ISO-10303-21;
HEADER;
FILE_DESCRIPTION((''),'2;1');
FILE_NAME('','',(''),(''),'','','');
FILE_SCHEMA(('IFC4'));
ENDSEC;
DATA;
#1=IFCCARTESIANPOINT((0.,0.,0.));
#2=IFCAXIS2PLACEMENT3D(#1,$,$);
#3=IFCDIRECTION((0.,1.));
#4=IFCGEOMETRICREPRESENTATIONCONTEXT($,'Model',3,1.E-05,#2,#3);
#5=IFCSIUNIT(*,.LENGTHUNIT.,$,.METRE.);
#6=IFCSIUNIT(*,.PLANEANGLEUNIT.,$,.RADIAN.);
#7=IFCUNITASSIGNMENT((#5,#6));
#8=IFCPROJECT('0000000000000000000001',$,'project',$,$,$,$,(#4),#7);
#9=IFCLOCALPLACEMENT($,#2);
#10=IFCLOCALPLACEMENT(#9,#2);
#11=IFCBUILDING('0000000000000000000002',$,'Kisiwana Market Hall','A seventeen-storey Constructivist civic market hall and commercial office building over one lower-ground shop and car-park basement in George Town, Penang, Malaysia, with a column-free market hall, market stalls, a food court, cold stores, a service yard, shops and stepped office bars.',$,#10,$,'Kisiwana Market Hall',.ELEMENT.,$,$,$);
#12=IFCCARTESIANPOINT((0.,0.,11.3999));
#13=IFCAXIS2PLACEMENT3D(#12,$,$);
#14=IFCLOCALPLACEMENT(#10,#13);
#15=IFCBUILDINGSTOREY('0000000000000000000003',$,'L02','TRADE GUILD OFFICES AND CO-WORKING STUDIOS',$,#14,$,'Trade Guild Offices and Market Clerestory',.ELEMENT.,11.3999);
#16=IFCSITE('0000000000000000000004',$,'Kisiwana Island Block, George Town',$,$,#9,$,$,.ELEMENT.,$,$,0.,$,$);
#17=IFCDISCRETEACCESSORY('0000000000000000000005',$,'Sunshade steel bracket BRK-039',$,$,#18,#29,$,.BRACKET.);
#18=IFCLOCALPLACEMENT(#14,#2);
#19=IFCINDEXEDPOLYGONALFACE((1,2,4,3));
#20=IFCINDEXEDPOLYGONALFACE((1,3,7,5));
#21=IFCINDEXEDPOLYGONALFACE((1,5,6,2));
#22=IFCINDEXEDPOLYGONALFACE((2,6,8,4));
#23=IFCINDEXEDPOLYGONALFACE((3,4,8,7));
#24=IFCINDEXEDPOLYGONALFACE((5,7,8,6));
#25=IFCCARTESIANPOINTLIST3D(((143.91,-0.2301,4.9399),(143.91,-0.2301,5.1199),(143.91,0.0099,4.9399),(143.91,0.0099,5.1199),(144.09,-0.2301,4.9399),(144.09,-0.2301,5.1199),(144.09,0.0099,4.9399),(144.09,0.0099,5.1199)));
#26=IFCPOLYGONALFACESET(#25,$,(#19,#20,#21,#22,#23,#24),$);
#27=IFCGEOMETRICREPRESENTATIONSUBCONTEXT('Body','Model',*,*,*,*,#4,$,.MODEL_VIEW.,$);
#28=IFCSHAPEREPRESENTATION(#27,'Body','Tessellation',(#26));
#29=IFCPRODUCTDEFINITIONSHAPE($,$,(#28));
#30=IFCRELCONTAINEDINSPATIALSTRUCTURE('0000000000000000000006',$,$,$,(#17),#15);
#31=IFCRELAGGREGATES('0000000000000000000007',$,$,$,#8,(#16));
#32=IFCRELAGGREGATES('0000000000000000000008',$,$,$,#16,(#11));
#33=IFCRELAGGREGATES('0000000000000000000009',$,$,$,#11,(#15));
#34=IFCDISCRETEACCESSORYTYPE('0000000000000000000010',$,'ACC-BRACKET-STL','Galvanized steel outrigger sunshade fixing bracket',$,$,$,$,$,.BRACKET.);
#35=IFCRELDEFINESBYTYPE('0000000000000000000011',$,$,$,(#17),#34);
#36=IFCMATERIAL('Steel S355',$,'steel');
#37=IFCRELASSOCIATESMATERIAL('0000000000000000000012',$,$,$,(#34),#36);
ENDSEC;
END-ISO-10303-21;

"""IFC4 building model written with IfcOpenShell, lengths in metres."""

from ifc_helpers import new_model, si_unit, direction, frame, origin, origin_2d, place, context, subcontext, project, spatial, rectangle, extrude, material, type_object, element, save


model = new_model("IFC4")

# Units and contexts
model_context = context("Model", 3, precision=1e-05, world=origin(), true_north=direction((0.0, 1.0)))
body_context = subcontext(model_context, "Body", "Model", "MODEL_VIEW")
ifc_project = project(units=[si_unit("LENGTHUNIT", "METRE"), si_unit("PLANEANGLEUNIT", "RADIAN")], contexts=[model_context])

# Site, building, storey
site_placement = place(None, origin())
site = spatial("IfcSite", under=ifc_project, at=site_placement, Name="Kisiwana Island Block, George Town", CompositionType="ELEMENT", RefElevation=0.0)
building_placement = place(site_placement, origin())
building = spatial("IfcBuilding", under=site, at=building_placement, Name="Kisiwana Market Hall", Description="A seventeen-storey Constructivist civic market hall and commercial office building over one lower-ground shop and car-park basement in George Town, Penang, Malaysia, with a column-free market hall, market stalls, a food court, cold stores, a service yard, shops and stepped office bars.", LongName="Kisiwana Market Hall", CompositionType="ELEMENT")
storey_placement = place(building_placement, frame((0.0, 0.0, 11.3999)))
storey = spatial("IfcBuildingStorey", under=building, at=storey_placement, Name="L02", Description="TRADE GUILD OFFICES AND CO-WORKING STUDIOS", LongName="Trade Guild Offices and Market Clerestory", CompositionType="ELEMENT", Elevation=11.3999)

# Discrete accessory
ifc_material_1 = material(Name="Steel S355", Category="steel")
discrete_accessory_type = type_object("IfcDiscreteAccessoryType", Name="ACC-BRACKET-STL", Description="Galvanized steel outrigger sunshade fixing bracket", PredefinedType="BRACKET", material=ifc_material_1)
discrete_accessory_placement = place(storey_placement, frame((144.0, -0.1101, 4.9399), z_axis=(0.0, 0.0, 1.0), x_axis=(1.0, 0.0, 0.0)))
element("IfcDiscreteAccessory", 1, at=discrete_accessory_placement, inside=storey, type_object=discrete_accessory_type, Name="Sunshade steel bracket BRK-039", PredefinedType="BRACKET", context=body_context, shape_type="SweptSolid", body=[
    extrude(rectangle(XDim=0.1799, YDim=0.24, at=origin_2d()), origin(), (0.0, 0.0, 1.0), 0.1799),
])

save(model, "model.ifc")
